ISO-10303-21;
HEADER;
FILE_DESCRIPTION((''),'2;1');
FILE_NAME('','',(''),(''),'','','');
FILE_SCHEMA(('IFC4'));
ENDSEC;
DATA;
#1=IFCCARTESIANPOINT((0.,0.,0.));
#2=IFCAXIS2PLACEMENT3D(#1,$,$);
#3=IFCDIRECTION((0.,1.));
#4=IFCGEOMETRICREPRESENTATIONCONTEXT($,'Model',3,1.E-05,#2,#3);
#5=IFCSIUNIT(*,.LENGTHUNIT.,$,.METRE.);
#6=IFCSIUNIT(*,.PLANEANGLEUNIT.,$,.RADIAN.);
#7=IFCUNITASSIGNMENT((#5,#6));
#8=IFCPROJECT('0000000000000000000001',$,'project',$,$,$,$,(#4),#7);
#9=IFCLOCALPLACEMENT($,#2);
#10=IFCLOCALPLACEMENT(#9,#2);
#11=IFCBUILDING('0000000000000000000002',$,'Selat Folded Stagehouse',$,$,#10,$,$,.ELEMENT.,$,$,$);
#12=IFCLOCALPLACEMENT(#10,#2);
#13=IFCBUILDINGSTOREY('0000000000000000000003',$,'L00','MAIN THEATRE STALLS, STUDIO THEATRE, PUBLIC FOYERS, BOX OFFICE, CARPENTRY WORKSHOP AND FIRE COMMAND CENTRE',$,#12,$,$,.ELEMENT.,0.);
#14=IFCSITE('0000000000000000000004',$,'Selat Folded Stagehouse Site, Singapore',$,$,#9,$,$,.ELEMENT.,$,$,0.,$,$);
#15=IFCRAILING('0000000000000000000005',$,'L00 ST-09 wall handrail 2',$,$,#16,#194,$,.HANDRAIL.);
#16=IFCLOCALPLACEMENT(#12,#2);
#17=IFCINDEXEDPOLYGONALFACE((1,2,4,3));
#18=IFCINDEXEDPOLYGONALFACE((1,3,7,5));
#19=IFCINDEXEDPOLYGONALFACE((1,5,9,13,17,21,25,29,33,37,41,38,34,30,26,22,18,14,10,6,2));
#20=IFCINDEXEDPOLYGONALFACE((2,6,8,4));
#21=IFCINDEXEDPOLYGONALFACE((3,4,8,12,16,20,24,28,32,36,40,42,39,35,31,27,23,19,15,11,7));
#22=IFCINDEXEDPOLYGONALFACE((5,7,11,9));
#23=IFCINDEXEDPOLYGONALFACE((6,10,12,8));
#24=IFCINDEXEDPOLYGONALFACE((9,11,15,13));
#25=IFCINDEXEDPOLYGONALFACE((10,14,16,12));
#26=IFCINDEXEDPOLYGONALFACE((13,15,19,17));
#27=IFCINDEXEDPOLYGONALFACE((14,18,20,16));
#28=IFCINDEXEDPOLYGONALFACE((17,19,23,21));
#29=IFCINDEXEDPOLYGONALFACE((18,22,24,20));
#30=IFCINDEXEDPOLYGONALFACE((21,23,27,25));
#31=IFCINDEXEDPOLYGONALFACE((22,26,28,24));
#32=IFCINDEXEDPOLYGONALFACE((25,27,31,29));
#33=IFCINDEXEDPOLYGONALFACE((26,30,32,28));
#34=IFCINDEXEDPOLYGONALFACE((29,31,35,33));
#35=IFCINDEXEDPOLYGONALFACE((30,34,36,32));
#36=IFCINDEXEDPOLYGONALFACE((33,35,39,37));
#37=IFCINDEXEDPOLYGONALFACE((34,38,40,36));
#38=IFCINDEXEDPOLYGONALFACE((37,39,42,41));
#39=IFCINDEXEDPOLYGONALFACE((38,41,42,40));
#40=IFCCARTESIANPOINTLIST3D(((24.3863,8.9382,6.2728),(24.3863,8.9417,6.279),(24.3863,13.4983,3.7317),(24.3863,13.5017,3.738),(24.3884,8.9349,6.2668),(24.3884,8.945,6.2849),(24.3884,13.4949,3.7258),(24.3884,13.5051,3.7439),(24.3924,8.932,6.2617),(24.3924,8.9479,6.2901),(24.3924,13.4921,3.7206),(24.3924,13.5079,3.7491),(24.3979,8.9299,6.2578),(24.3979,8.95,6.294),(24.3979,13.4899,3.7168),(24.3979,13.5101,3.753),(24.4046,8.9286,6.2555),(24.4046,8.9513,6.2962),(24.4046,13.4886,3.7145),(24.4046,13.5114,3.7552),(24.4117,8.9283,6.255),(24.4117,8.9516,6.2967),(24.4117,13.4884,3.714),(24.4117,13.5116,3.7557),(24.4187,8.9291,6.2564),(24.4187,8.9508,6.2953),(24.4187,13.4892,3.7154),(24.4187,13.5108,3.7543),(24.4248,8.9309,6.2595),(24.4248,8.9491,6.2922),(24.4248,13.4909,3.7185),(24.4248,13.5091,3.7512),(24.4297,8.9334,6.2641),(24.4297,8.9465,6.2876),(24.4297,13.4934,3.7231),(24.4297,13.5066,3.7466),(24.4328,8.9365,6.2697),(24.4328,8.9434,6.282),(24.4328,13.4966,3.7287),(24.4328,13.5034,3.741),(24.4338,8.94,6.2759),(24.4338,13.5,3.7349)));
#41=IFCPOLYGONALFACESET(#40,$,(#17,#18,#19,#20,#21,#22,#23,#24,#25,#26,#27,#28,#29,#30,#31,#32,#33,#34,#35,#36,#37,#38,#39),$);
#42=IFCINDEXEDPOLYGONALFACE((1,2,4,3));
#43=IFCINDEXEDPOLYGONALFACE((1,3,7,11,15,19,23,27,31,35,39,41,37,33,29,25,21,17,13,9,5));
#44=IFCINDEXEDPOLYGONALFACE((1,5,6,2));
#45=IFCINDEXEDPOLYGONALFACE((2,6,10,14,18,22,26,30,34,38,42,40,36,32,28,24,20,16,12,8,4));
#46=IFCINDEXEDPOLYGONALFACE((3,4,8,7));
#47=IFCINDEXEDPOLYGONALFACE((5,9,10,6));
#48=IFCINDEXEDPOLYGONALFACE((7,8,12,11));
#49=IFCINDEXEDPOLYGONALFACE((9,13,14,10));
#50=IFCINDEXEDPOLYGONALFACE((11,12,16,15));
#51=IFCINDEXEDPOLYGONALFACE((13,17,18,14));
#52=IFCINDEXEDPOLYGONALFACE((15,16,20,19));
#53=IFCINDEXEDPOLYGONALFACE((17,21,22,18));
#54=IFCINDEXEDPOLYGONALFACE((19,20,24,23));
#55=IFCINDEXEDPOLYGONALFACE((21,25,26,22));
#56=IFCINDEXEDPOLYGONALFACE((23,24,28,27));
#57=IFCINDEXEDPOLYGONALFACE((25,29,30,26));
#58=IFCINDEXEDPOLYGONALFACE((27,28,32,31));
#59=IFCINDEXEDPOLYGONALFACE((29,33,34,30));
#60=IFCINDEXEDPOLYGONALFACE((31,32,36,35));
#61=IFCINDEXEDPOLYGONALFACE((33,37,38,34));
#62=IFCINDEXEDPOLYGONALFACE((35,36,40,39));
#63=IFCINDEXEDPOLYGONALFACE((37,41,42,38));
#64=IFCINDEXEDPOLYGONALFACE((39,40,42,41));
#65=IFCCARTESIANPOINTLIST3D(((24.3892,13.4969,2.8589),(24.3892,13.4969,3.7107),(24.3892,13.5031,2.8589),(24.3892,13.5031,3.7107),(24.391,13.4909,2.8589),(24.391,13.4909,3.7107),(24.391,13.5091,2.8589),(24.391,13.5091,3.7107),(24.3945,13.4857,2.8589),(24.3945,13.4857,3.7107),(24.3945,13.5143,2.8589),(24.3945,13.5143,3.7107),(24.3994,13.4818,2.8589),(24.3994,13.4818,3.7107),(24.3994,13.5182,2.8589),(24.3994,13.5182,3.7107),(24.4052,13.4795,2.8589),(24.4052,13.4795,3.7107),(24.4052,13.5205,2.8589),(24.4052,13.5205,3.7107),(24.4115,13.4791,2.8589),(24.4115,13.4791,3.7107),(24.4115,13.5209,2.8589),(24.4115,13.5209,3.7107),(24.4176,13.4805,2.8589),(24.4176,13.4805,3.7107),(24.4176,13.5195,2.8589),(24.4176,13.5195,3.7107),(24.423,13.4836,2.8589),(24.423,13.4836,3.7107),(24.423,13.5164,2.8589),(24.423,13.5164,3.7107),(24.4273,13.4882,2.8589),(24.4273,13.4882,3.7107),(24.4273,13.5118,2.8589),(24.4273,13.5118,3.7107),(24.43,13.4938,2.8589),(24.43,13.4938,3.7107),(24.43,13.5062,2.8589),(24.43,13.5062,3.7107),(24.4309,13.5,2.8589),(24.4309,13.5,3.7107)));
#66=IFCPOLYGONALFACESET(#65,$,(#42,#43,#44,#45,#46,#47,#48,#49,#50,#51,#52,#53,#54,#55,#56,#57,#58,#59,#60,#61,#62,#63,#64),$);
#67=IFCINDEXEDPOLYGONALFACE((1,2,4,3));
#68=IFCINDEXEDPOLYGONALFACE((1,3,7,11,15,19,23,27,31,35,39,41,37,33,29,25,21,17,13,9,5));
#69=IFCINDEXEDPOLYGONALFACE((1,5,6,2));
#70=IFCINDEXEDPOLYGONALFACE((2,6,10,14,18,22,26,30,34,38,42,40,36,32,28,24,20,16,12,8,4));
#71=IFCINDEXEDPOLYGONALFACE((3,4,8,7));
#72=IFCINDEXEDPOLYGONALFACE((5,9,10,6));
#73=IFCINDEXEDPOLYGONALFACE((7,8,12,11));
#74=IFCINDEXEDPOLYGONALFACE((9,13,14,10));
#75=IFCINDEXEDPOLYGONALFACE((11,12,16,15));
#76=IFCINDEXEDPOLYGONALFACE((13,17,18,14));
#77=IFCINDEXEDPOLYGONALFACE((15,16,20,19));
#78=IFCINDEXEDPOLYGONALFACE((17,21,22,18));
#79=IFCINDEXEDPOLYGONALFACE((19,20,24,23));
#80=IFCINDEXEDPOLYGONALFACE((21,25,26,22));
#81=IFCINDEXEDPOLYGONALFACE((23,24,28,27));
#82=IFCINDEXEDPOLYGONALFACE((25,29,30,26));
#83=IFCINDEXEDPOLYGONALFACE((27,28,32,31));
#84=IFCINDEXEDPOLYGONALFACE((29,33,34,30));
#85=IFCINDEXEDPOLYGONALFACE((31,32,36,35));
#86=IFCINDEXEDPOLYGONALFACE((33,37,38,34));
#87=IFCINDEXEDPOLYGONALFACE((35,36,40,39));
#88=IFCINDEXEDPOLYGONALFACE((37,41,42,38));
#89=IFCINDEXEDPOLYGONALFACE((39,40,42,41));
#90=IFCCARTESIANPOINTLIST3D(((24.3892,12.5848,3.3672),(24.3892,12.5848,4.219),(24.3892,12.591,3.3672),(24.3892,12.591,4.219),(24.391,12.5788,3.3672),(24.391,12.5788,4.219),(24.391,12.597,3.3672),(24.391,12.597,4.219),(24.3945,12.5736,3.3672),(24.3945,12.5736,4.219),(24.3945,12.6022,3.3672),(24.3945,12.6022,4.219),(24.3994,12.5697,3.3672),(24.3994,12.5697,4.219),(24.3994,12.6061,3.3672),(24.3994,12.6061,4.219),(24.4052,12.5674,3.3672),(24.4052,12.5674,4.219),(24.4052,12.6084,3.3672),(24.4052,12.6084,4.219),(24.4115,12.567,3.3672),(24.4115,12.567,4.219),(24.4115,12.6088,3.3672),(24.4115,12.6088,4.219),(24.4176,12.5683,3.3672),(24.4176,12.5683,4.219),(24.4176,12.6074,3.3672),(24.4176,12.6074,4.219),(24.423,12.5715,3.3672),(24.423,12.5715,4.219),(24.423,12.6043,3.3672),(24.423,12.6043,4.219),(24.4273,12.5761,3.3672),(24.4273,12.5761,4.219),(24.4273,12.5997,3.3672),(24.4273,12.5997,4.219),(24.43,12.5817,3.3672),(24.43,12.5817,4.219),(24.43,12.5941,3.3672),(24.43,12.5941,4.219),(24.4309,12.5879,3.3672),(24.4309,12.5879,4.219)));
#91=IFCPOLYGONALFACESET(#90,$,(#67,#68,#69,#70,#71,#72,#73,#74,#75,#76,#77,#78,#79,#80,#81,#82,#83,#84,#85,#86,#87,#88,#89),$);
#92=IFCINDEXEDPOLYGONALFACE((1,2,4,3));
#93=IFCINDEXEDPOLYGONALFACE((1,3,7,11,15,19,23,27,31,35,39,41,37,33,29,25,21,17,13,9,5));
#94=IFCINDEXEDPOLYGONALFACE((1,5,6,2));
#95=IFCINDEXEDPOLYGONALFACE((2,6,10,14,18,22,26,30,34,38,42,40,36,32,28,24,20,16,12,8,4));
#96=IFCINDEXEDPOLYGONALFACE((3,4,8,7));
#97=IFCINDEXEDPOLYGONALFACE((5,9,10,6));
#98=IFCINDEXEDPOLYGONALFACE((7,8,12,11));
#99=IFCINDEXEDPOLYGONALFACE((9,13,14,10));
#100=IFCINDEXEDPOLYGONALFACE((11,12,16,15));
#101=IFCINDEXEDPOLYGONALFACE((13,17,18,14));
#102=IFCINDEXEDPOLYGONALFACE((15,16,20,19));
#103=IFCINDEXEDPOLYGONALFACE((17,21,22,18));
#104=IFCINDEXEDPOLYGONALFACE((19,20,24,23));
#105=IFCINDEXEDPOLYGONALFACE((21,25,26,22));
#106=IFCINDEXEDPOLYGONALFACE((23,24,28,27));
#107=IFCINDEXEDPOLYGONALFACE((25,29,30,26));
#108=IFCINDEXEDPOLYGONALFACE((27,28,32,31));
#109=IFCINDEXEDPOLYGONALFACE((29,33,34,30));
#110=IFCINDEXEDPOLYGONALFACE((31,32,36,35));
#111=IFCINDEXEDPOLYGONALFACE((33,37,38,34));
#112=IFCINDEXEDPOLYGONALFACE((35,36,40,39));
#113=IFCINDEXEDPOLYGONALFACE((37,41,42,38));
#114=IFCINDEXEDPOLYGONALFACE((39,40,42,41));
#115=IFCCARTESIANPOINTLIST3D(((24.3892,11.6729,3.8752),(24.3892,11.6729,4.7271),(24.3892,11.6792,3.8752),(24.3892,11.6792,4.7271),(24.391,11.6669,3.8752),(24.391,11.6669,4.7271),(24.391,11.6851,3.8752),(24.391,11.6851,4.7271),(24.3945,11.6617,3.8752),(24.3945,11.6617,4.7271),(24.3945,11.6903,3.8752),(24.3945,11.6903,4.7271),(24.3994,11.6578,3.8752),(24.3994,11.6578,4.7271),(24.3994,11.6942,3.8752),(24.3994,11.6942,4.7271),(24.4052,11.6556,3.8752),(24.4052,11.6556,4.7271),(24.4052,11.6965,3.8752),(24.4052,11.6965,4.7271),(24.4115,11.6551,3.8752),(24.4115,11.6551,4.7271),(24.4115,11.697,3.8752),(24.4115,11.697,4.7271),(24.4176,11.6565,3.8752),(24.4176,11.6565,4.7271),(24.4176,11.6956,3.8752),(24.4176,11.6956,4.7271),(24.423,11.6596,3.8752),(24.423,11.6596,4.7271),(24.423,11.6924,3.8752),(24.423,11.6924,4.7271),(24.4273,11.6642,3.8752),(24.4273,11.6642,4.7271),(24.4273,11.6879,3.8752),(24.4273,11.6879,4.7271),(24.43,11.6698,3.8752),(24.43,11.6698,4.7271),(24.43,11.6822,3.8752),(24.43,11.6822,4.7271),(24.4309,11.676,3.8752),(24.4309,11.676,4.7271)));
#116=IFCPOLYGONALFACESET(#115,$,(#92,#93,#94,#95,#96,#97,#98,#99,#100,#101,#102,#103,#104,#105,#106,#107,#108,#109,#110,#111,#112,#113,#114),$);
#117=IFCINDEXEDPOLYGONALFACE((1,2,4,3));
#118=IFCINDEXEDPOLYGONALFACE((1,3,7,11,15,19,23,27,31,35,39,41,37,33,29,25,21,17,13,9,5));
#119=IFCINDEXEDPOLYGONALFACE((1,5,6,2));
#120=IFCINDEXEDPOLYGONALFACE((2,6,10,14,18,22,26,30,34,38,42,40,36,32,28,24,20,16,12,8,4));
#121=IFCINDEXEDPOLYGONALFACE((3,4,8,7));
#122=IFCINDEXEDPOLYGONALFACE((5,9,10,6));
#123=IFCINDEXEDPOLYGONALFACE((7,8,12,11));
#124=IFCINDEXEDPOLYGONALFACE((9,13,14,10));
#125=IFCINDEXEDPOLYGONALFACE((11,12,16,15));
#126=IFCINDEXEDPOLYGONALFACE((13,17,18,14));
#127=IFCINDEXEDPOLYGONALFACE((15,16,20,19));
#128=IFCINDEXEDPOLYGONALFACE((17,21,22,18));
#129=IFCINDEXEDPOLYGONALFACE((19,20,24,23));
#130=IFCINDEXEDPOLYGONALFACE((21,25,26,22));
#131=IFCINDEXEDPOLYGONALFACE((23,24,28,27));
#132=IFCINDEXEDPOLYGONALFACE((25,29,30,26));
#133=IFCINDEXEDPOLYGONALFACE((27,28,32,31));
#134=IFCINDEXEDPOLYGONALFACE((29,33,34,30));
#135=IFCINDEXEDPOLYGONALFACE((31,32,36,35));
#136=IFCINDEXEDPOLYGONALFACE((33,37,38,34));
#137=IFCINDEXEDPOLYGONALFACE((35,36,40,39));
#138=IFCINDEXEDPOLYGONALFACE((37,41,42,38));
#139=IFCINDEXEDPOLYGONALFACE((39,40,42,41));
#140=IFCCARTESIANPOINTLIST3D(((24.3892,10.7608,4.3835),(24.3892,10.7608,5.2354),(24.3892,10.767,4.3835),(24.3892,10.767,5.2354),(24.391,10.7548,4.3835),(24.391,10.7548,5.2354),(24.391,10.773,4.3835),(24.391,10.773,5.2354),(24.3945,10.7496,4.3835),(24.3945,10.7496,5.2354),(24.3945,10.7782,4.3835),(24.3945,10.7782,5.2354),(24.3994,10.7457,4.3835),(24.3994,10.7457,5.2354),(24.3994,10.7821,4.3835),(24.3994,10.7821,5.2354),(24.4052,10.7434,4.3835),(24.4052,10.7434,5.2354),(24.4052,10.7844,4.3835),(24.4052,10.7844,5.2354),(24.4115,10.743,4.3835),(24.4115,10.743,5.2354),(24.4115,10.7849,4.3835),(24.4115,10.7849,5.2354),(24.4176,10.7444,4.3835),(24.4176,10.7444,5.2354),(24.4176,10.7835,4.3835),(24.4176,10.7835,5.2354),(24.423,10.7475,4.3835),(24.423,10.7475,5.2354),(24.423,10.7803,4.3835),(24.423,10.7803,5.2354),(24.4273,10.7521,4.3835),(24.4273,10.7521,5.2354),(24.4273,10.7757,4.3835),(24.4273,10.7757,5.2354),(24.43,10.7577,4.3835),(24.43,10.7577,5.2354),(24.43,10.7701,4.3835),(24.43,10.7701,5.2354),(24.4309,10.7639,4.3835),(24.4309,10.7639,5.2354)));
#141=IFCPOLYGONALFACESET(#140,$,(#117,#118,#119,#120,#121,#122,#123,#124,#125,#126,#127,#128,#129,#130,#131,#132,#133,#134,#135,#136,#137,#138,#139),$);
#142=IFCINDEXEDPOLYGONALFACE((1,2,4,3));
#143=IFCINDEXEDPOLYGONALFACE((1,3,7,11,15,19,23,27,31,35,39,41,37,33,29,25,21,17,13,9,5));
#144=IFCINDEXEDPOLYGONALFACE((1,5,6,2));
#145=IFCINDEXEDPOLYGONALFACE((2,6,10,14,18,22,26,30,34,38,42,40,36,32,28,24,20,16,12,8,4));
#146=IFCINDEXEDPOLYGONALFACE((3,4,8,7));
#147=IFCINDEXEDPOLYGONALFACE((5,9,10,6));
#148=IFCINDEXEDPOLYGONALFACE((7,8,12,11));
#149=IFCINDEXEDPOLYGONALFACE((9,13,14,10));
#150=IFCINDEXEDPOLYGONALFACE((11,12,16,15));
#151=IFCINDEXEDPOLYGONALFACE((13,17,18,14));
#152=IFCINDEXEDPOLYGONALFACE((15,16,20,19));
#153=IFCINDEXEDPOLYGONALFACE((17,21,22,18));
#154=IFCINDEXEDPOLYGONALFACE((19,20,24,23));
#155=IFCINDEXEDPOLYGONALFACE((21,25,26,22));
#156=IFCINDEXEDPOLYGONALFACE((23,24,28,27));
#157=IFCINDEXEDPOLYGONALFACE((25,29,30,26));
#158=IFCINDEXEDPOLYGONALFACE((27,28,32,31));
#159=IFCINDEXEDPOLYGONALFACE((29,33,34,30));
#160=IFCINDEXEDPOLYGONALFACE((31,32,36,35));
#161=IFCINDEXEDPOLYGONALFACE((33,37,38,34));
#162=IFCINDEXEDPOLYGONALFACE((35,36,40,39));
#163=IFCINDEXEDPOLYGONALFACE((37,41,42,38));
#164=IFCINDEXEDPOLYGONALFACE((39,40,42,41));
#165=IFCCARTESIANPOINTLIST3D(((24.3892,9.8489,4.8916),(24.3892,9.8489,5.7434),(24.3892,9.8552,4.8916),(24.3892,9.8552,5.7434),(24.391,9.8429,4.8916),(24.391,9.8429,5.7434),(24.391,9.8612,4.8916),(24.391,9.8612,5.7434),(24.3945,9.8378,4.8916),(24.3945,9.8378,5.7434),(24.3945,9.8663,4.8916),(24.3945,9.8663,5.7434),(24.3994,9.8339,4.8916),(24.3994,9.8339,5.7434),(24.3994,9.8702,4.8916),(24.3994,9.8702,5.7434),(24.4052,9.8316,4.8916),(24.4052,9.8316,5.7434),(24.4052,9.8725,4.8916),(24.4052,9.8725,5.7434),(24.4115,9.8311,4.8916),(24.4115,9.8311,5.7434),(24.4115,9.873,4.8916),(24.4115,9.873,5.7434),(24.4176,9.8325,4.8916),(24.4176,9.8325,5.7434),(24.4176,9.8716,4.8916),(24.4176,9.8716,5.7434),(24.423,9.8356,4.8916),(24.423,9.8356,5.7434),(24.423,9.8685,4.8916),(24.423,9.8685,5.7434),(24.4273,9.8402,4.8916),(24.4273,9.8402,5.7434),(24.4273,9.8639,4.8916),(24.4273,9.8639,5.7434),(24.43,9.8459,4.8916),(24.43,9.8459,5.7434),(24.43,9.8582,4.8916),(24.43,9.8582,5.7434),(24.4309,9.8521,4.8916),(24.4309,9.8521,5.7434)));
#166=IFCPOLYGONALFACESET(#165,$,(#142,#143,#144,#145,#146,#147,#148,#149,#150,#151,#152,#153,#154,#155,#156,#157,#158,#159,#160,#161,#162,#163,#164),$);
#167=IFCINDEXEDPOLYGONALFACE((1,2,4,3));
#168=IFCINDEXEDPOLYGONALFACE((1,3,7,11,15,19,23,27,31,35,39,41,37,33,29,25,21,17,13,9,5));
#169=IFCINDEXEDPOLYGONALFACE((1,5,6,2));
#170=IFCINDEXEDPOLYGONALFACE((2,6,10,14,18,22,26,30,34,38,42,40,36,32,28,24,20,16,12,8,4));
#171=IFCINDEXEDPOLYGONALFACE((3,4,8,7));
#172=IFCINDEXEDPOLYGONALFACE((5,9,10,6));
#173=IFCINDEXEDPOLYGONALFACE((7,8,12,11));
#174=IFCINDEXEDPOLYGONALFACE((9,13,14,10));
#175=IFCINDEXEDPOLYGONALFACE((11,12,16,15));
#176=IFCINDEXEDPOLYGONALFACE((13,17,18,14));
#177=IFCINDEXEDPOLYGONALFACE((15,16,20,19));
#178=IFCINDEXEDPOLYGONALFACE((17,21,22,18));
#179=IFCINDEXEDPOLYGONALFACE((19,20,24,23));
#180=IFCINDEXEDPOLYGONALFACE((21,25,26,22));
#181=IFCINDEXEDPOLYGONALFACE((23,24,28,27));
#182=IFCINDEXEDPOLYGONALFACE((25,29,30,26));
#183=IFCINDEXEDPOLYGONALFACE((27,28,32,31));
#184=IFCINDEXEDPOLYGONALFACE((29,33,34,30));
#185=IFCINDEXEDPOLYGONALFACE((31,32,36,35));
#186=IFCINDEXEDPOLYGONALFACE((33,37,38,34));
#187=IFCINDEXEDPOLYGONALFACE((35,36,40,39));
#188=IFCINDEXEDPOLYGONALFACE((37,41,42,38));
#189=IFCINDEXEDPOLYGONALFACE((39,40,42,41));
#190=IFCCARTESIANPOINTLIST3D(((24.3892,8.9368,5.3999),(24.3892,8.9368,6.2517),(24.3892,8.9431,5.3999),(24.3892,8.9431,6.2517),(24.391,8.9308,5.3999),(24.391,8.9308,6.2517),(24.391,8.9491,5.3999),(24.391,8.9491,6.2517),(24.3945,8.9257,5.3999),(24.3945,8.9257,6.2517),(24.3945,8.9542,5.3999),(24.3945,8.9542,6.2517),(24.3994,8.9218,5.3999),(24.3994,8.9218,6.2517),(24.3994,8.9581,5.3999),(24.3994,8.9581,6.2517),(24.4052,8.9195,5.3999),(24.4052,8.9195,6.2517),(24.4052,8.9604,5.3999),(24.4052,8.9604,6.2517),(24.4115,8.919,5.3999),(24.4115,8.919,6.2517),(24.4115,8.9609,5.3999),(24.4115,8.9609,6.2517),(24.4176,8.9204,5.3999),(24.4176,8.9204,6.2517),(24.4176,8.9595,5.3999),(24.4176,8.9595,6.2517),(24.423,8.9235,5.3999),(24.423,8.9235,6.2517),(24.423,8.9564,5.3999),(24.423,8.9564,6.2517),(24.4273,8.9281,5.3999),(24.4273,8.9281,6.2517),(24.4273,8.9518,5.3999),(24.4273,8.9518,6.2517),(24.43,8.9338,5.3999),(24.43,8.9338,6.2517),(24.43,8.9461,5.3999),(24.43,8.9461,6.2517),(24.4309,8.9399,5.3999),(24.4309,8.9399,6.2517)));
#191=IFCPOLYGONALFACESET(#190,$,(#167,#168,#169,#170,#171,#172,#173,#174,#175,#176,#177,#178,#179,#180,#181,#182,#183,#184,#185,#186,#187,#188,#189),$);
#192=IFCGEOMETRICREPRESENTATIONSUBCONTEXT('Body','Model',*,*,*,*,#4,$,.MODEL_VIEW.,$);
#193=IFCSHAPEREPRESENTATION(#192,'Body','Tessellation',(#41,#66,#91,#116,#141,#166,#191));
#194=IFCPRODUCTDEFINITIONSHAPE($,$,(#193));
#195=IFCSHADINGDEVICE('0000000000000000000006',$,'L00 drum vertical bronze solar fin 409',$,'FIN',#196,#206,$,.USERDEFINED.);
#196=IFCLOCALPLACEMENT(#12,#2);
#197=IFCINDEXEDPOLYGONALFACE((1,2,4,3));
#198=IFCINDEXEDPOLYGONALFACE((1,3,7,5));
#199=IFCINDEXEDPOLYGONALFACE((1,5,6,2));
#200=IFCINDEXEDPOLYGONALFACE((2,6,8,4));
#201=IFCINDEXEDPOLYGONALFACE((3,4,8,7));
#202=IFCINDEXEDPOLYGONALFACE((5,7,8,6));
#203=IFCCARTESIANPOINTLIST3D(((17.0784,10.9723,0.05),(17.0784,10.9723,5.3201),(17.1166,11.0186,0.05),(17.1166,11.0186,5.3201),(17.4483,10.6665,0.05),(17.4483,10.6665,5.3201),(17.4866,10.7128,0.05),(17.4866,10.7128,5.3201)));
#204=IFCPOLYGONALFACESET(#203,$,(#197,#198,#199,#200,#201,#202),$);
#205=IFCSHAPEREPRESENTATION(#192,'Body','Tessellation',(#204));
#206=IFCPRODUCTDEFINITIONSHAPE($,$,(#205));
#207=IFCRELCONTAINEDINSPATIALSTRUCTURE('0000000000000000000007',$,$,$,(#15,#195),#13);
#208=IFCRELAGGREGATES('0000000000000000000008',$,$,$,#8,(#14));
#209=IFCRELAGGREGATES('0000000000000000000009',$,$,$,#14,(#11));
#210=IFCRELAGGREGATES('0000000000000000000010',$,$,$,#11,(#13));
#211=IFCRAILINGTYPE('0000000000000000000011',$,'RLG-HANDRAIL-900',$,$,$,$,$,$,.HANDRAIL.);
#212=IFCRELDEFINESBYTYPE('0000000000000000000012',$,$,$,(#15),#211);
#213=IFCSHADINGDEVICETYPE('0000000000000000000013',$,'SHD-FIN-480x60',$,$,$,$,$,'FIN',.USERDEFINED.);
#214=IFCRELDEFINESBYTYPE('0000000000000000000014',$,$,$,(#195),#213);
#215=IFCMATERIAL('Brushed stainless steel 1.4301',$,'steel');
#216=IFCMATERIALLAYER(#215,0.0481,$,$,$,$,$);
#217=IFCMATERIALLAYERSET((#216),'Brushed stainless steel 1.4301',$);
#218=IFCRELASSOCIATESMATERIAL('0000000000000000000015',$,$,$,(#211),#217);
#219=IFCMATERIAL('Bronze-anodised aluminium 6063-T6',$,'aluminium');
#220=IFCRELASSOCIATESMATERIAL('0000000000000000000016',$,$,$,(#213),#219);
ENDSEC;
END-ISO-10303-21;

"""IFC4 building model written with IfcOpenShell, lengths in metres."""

from ifc_helpers import new_model, si_unit, direction, frame, origin, origin_2d, place, context, subcontext, project, spatial, rectangle, circle, extrude, material, layer, layer_set, material_profile, profile_set, type_object, element, save


model = new_model("IFC4")

# Units and contexts
model_context = context("Model", 3, precision=1e-05, world=origin(), true_north=direction((0.0, 1.0)))
body_context = subcontext(model_context, "Body", "Model", "MODEL_VIEW")
ifc_project = project(units=[si_unit("LENGTHUNIT", "METRE"), si_unit("PLANEANGLEUNIT", "RADIAN")], contexts=[model_context])

# Site, building, storey
site_placement = place(None, origin())
site = spatial("IfcSite", under=ifc_project, at=site_placement, Name="Selat Folded Stagehouse Site, Singapore", CompositionType="ELEMENT", RefElevation=0.0)
building_placement = place(site_placement, origin())
building = spatial("IfcBuilding", under=site, at=building_placement, Name="Selat Folded Stagehouse", CompositionType="ELEMENT")
storey_placement = place(building_placement, origin())
storey = spatial("IfcBuildingStorey", under=building, at=storey_placement, Name="L00", Description="MAIN THEATRE STALLS, STUDIO THEATRE, PUBLIC FOYERS, BOX OFFICE, CARPENTRY WORKSHOP AND FIRE COMMAND CENTRE", CompositionType="ELEMENT", Elevation=0.0)

# Railing
ifc_material_1 = material(Name="Brushed stainless steel 1.4301", Category="steel")
ifc_layer_1 = layer(ifc_material_1, 0.0481)
ifc_layer_set_1 = layer_set([ifc_layer_1], Name="Brushed stainless steel 1.4301")
railing_type_1 = type_object("IfcRailingType", Name="RLG-HANDRAIL-900", PredefinedType="HANDRAIL", material=ifc_layer_set_1)
railing_1_placement = place(storey_placement, frame((24.4099, 13.5, 2.8589)))
element("IfcRailing", 1, at=railing_1_placement, inside=storey, type_object=railing_type_1, Name="L00 ST-09 wall handrail 2", PredefinedType="HANDRAIL", context=body_context, shape_type="SweptSolid", body=[
    extrude(circle(Radius=0.0239, at=origin_2d()), frame((0.0, 0.0, 0.876), z_axis=(0.0, -0.873534, 0.486762), x_axis=(1.0, 0.0, 0.0)), (0.0, 0.0, 1.0), 5.2202),
    extrude(circle(Radius=0.021, at=origin_2d()), origin(), (0.0, 0.0, 1.0), 0.8518),
    extrude(circle(Radius=0.021, at=origin_2d()), frame((0.0, -0.9121, 0.5083)), (0.0, 0.0, 1.0), 0.8518),
    extrude(circle(Radius=0.021, at=origin_2d()), frame((0.0, -1.824, 1.0164)), (0.0, 0.0, 1.0), 0.8518),
    extrude(circle(Radius=0.021, at=origin_2d()), frame((0.0, -2.7361, 1.5247)), (0.0, 0.0, 1.0), 0.8518),
    extrude(circle(Radius=0.021, at=origin_2d()), frame((0.0, -3.6479, 2.0327)), (0.0, 0.0, 1.0), 0.8518),
    extrude(circle(Radius=0.021, at=origin_2d()), frame((0.0, -4.5601, 2.541)), (0.0, 0.0, 1.0), 0.8518),
])

# Shading device
ifc_material_2 = material(Name="Bronze-anodised aluminium 6063-T6", Category="aluminium")
ifc_material_profile_1 = material_profile(ifc_material_2, rectangle(XDim=0.0601, YDim=0.48, at=origin_2d()), Name="SOLAR-FIN 480x60")
ifc_profile_set_1 = profile_set([ifc_material_profile_1], Name="Bronze-anodised aluminium 6063-T6")
shading_device_type = type_object("IfcShadingDeviceType", Name="SHD-FIN-480x60", ElementType="FIN", PredefinedType="USERDEFINED", material=ifc_profile_set_1)
shading_device_placement = place(storey_placement, frame((17.2825, 10.8425, 0.05), z_axis=(0.0, 0.0, 1.0), x_axis=(-0.637155, -0.770736, 0.0)))
element("IfcShadingDevice", 2, at=shading_device_placement, inside=storey, type_object=shading_device_type, Name="L00 drum vertical bronze solar fin 409", ObjectType="FIN", PredefinedType="USERDEFINED", context=body_context, shape_type="SweptSolid", body=[
    extrude(rectangle(XDim=0.0601, YDim=0.48, at=origin_2d()), origin(), (0.0, 0.0, 1.0), 5.27),
])

save(model, "model.ifc")
